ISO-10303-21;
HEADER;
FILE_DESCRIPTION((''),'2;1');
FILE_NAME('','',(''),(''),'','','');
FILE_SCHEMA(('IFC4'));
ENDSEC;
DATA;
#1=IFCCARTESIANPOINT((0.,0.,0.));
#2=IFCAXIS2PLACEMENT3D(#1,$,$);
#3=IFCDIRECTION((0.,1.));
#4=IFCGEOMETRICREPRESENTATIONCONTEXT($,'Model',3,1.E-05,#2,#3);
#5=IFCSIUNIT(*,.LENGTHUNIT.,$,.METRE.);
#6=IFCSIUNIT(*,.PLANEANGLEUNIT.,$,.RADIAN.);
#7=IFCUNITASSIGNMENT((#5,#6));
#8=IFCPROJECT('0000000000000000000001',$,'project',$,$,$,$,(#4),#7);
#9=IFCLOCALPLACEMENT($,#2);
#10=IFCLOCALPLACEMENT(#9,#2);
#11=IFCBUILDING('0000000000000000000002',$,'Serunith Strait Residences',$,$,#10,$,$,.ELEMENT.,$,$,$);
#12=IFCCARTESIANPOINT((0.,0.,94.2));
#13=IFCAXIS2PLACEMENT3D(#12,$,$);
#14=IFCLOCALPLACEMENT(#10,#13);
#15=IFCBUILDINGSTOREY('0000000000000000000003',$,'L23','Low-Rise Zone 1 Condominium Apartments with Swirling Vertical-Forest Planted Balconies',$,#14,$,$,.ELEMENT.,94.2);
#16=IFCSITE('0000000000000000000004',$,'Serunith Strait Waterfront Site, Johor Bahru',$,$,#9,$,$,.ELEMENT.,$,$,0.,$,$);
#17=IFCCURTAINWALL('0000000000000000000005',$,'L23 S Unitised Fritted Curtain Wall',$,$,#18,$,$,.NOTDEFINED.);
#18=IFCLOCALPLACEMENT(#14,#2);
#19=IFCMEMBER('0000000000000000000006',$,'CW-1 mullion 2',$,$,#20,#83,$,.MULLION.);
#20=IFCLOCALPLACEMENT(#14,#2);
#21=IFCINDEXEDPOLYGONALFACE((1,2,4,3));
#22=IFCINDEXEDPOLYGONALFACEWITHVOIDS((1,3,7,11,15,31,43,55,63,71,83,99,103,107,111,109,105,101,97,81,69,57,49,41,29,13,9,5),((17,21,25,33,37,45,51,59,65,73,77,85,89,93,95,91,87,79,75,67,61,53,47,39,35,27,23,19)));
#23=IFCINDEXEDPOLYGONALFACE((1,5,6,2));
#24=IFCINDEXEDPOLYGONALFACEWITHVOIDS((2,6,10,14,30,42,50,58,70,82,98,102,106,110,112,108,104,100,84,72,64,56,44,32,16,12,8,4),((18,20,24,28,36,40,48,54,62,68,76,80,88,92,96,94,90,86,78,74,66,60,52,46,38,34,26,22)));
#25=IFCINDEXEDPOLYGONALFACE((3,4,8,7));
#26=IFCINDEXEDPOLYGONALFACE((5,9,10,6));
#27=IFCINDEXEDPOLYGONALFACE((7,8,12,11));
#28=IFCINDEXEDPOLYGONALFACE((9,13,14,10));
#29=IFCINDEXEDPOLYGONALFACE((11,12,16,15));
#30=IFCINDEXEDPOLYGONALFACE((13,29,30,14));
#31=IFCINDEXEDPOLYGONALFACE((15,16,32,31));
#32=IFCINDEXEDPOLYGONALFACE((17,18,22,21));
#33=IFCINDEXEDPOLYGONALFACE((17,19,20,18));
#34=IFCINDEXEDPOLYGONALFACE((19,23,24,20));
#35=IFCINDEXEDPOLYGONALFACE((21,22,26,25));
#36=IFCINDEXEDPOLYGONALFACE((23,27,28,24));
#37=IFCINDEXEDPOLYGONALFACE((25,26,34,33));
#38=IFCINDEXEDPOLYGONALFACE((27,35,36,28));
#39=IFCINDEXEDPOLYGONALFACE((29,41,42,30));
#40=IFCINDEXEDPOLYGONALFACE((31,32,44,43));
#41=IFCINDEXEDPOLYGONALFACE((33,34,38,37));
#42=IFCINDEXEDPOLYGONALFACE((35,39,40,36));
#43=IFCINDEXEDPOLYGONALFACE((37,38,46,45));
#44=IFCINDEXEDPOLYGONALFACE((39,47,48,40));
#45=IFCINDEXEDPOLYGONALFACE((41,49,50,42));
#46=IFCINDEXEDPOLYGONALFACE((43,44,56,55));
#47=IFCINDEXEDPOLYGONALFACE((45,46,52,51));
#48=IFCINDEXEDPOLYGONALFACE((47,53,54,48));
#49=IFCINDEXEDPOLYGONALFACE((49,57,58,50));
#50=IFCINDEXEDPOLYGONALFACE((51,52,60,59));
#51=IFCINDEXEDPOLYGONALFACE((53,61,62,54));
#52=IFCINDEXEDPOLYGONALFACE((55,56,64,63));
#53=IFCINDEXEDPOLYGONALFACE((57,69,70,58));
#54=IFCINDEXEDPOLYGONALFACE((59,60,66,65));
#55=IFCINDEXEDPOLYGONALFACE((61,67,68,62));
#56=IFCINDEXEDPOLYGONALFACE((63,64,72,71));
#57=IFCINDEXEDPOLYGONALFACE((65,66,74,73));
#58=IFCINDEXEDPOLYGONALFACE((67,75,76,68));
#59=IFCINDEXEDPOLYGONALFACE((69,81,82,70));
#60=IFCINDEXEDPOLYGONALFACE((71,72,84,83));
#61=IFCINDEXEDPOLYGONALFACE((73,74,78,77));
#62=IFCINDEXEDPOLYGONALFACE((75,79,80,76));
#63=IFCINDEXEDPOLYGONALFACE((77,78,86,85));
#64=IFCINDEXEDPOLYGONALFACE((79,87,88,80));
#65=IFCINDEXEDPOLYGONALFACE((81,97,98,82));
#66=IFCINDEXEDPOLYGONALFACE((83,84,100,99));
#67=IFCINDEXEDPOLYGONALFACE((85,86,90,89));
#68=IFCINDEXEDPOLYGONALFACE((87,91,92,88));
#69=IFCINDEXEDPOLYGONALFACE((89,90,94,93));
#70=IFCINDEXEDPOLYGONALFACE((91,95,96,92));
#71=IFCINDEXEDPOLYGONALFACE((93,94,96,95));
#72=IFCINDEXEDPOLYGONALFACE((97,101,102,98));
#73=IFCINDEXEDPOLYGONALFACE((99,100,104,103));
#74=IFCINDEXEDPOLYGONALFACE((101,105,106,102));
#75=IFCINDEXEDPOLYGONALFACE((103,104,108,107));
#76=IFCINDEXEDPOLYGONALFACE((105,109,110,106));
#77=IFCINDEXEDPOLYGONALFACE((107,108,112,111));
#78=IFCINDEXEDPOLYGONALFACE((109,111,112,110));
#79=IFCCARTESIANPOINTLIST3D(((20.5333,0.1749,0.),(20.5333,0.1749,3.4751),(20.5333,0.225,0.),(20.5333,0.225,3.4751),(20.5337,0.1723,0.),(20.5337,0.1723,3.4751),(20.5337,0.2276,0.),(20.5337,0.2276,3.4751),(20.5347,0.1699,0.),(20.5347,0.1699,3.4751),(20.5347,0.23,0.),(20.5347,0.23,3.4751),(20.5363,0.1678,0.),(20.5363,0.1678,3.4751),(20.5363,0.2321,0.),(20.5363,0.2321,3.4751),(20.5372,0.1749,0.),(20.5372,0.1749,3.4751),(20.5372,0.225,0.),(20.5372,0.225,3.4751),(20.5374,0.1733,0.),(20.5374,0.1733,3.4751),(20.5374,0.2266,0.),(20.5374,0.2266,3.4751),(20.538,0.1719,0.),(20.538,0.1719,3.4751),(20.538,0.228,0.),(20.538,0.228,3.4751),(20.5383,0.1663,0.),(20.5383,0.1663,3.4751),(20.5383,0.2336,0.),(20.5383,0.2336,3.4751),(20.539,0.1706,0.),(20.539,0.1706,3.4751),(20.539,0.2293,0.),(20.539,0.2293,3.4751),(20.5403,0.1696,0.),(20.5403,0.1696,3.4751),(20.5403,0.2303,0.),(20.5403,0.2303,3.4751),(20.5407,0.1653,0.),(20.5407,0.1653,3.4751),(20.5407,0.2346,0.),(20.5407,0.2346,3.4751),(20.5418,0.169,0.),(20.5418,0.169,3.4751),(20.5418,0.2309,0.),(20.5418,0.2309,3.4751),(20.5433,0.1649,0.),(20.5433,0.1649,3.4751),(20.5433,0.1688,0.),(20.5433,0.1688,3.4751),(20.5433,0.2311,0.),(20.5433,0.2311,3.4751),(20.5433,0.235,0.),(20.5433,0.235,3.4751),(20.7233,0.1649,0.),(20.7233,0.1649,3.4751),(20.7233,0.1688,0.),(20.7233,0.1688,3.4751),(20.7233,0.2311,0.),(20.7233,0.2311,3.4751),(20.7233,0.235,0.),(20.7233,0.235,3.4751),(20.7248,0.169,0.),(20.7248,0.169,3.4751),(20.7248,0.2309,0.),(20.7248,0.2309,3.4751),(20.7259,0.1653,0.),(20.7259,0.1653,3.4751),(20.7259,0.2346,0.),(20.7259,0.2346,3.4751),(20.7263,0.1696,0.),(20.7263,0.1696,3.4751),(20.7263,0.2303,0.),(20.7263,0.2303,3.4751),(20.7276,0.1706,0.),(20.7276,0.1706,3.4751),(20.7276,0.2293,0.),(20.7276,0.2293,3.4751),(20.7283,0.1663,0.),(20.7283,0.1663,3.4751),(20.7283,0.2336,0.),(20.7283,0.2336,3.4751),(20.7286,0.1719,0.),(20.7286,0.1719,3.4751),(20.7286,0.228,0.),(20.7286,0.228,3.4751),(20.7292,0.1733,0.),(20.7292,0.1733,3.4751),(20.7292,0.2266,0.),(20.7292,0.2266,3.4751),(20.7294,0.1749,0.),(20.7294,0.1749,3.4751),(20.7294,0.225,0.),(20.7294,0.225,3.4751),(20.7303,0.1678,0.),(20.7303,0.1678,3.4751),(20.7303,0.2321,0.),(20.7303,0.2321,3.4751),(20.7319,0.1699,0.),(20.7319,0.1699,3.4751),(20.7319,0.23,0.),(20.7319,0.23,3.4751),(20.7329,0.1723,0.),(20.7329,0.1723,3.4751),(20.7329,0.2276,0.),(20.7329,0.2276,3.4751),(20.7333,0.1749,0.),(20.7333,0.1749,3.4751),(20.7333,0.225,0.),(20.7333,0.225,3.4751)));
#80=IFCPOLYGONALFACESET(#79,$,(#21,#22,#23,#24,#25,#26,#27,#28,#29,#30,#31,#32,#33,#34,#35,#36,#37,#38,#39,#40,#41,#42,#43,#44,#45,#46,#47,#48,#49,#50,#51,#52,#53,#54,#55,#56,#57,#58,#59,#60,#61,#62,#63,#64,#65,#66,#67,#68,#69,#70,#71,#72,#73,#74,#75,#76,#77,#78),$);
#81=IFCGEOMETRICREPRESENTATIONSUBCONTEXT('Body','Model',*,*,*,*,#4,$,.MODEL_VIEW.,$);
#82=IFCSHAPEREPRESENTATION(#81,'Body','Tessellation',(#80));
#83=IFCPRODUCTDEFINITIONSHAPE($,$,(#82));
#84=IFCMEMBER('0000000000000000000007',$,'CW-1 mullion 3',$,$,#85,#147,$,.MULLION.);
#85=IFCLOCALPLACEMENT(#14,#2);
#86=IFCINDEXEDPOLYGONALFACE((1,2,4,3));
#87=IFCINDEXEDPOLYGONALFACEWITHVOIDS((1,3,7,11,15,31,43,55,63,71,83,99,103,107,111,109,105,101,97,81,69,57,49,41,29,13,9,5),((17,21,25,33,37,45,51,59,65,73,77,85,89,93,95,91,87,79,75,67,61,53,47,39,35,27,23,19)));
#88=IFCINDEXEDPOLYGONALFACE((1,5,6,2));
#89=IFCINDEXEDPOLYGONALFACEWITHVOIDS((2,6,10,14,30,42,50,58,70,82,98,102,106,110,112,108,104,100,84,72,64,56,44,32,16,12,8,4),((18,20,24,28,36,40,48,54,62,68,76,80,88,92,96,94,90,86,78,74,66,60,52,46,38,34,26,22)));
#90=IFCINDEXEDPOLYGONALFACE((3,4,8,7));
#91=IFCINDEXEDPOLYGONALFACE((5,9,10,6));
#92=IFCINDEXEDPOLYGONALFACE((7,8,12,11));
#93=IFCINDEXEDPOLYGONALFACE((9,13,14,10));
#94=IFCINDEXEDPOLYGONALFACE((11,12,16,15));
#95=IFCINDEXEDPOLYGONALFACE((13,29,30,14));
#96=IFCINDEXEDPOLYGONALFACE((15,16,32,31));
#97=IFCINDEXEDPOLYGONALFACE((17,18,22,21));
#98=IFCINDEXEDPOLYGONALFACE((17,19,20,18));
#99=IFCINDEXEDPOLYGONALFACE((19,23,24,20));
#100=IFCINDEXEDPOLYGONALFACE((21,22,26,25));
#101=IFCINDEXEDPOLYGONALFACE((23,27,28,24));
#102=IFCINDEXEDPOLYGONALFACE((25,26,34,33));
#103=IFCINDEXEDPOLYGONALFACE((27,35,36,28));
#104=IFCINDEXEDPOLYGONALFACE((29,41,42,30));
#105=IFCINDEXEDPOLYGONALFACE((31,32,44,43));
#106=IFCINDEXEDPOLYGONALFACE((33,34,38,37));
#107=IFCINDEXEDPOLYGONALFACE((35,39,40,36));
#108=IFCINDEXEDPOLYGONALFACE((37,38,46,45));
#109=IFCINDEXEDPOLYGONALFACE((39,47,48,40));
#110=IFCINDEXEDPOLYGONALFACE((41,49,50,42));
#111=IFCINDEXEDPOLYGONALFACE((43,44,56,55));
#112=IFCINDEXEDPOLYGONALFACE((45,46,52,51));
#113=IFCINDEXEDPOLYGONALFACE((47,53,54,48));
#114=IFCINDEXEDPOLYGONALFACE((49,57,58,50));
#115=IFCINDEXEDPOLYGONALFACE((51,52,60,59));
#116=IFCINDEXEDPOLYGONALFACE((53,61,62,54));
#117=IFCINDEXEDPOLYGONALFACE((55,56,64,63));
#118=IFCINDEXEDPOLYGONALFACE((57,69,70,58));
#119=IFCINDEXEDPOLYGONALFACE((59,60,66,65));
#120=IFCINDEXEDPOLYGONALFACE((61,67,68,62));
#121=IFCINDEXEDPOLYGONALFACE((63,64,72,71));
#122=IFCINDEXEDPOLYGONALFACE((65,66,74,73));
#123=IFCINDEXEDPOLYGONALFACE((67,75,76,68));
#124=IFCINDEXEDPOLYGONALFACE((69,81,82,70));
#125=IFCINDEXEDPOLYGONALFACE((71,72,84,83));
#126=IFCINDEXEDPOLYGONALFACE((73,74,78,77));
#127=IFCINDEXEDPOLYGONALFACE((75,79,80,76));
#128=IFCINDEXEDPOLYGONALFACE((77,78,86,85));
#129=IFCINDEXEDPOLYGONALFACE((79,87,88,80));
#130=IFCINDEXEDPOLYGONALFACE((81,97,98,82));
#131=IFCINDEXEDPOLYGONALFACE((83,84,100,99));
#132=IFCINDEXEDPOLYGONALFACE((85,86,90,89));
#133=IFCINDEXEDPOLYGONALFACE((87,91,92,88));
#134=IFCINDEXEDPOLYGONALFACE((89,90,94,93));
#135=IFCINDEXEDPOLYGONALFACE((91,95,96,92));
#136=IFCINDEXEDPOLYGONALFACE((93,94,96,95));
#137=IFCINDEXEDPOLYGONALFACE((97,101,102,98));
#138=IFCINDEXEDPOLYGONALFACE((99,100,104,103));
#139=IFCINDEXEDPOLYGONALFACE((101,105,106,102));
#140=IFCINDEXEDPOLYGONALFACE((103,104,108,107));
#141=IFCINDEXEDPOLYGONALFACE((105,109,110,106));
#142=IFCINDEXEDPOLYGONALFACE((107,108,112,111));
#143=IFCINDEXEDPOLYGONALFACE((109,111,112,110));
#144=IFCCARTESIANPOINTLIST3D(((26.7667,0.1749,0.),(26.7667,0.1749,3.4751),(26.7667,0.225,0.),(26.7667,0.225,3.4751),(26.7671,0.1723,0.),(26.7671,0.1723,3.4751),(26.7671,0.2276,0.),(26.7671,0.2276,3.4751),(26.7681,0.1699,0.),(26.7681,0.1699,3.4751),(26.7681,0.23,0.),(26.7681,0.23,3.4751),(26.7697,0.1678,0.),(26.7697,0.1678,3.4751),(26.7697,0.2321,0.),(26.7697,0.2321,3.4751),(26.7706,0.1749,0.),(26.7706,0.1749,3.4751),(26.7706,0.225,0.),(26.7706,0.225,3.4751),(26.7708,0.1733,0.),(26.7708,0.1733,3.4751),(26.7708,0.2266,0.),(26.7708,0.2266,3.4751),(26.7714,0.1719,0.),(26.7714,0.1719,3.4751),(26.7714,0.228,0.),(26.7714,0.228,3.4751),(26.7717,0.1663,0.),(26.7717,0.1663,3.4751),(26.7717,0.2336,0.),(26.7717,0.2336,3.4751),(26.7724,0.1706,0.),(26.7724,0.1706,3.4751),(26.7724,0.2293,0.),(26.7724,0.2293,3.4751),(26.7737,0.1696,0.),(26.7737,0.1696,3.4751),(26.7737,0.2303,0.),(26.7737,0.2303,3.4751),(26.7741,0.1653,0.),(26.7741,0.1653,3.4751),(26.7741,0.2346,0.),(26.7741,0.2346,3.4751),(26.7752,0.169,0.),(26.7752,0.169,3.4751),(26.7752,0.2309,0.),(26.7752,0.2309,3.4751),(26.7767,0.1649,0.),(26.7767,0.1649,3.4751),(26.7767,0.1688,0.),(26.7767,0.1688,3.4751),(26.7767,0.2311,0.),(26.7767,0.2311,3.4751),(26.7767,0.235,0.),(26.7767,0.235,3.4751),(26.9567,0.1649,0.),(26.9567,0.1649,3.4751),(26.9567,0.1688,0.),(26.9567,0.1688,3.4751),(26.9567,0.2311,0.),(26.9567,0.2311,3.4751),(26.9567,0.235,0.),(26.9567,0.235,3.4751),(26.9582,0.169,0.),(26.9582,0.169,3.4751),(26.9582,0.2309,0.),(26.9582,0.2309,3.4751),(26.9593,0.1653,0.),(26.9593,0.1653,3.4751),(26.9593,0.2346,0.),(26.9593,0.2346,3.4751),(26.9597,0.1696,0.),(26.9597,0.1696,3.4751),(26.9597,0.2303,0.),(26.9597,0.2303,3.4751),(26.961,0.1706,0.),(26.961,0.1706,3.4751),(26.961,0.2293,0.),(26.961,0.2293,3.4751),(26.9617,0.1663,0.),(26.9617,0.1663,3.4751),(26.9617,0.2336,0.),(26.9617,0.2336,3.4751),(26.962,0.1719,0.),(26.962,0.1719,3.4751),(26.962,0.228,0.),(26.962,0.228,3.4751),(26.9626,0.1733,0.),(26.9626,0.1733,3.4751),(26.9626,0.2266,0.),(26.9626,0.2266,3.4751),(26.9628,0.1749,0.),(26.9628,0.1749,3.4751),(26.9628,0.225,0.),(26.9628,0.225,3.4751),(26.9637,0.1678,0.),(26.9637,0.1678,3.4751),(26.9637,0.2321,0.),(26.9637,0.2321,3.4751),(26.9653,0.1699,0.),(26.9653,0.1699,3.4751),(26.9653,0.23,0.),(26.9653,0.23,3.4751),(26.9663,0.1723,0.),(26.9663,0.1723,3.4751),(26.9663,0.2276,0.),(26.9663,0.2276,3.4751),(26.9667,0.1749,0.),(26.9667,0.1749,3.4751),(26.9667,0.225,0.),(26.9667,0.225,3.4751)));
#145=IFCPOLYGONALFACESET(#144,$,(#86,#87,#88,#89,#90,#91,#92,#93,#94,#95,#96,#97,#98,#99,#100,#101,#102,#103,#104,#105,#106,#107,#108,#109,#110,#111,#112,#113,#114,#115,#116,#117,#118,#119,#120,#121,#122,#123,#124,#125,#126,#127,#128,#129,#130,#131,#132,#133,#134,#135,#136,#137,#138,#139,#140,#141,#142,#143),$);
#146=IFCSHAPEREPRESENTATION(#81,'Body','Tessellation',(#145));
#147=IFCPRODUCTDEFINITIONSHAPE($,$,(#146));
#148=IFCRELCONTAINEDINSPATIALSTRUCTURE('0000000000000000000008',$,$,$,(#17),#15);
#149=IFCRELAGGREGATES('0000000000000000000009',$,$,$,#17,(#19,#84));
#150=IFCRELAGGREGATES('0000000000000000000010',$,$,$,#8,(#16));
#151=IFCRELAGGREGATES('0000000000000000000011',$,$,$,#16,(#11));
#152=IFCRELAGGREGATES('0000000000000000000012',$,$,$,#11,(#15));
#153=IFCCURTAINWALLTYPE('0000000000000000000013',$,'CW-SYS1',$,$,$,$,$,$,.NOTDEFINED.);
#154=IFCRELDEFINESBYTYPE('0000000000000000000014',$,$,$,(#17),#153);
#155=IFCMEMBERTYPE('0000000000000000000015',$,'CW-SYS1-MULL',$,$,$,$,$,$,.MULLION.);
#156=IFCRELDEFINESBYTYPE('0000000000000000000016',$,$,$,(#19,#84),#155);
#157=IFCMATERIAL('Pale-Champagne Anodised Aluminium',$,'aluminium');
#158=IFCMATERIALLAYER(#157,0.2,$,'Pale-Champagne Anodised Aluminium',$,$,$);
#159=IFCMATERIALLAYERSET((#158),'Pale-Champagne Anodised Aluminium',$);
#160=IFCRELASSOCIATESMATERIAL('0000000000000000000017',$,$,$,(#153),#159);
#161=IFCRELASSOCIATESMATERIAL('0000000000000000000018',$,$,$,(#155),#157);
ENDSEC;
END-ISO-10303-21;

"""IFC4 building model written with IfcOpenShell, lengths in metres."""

from ifc_helpers import new_model, si_unit, direction, frame, origin, origin_2d, place, context, subcontext, project, spatial, hollow_rectangle, extrude, source, transform, mapped, material, layer, layer_set, material_profile, profile_set, type_object, element, aggregate, save


model = new_model("IFC4")

# Units and contexts
model_context = context("Model", 3, precision=1e-05, world=origin(), true_north=direction((0.0, 1.0)))
body_context = subcontext(model_context, "Body", "Model", "MODEL_VIEW")
ifc_project = project(units=[si_unit("LENGTHUNIT", "METRE"), si_unit("PLANEANGLEUNIT", "RADIAN")], contexts=[model_context])

# Site, building, storey
site_placement = place(None, origin())
site = spatial("IfcSite", under=ifc_project, at=site_placement, Name="Serunith Strait Waterfront Site, Johor Bahru", CompositionType="ELEMENT", RefElevation=0.0)
building_placement = place(site_placement, origin())
building = spatial("IfcBuilding", under=site, at=building_placement, Name="Serunith Strait Residences", CompositionType="ELEMENT")
storey_placement = place(building_placement, frame((0.0, 0.0, 94.2)))
storey = spatial("IfcBuildingStorey", under=building, at=storey_placement, Name="L23", Description="Low-Rise Zone 1 Condominium Apartments with Swirling Vertical-Forest Planted Balconies", CompositionType="ELEMENT", Elevation=94.2)

# Curtain wall, members
ifc_material_1 = material(Name="Pale-Champagne Anodised Aluminium", Category="aluminium")
ifc_layer_1 = layer(ifc_material_1, 0.2, Name="Pale-Champagne Anodised Aluminium")
ifc_layer_set_1 = layer_set([ifc_layer_1], Name="Pale-Champagne Anodised Aluminium")
curtain_wall_type = type_object("IfcCurtainWallType", Name="CW-SYS1", PredefinedType="NOTDEFINED", material=ifc_layer_set_1)
curtain_wall_placement = place(storey_placement, origin())
curtain_wall = element("IfcCurtainWall", 1, at=curtain_wall_placement, inside=storey, type_object=curtain_wall_type, Name="L23 S Unitised Fritted Curtain Wall", PredefinedType="NOTDEFINED")
ifc_material_profile_1 = material_profile(ifc_material_1, hollow_rectangle(XDim=0.0701, YDim=0.2, WallThickness=0.0039, InnerFilletRadius=0.0061, OuterFilletRadius=0.01, at=origin_2d()), Name="ALU 200x70x4")
ifc_profile_set_1 = profile_set([ifc_material_profile_1], Name="Pale-Champagne Anodised Aluminium")
member_type_1 = type_object("IfcMemberType", Name="CW-SYS1-MULL", PredefinedType="MULLION", material=ifc_profile_set_1)
shared_shape_1 = source(origin(), body_context, "Body", "SweptSolid", [
    extrude(hollow_rectangle(XDim=0.0701, YDim=0.2, WallThickness=0.0039, InnerFilletRadius=0.0061, OuterFilletRadius=0.01, at=origin_2d()), origin(), (0.0, 0.0, 1.0), 3.4751),
])
member_1_placement = place(storey_placement, frame((20.6333, 0.2, 0.0), z_axis=(0.0, 0.0, 1.0), x_axis=(0.0, 1.0, 0.0)))
member_1 = element("IfcMember", 2, at=member_1_placement, type_object=member_type_1, Name="CW-1 mullion 2", PredefinedType="MULLION", context=body_context, shape_type="MappedRepresentation", body=[
    mapped(shared_shape_1, transform((0.0, 0.0, 0.0), scale=1.0)),
])
member_2_placement = place(storey_placement, frame((26.8667, 0.2, 0.0), z_axis=(0.0, 0.0, 1.0), x_axis=(0.0, 1.0, 0.0)))
member_2 = element("IfcMember", 3, at=member_2_placement, type_object=member_type_1, Name="CW-1 mullion 3", PredefinedType="MULLION", context=body_context, shape_type="MappedRepresentation", body=[
    mapped(shared_shape_1, transform((0.0, 0.0, 0.0), scale=1.0)),
])
aggregate(curtain_wall, [member_1, member_2])

save(model, "model.ifc")
